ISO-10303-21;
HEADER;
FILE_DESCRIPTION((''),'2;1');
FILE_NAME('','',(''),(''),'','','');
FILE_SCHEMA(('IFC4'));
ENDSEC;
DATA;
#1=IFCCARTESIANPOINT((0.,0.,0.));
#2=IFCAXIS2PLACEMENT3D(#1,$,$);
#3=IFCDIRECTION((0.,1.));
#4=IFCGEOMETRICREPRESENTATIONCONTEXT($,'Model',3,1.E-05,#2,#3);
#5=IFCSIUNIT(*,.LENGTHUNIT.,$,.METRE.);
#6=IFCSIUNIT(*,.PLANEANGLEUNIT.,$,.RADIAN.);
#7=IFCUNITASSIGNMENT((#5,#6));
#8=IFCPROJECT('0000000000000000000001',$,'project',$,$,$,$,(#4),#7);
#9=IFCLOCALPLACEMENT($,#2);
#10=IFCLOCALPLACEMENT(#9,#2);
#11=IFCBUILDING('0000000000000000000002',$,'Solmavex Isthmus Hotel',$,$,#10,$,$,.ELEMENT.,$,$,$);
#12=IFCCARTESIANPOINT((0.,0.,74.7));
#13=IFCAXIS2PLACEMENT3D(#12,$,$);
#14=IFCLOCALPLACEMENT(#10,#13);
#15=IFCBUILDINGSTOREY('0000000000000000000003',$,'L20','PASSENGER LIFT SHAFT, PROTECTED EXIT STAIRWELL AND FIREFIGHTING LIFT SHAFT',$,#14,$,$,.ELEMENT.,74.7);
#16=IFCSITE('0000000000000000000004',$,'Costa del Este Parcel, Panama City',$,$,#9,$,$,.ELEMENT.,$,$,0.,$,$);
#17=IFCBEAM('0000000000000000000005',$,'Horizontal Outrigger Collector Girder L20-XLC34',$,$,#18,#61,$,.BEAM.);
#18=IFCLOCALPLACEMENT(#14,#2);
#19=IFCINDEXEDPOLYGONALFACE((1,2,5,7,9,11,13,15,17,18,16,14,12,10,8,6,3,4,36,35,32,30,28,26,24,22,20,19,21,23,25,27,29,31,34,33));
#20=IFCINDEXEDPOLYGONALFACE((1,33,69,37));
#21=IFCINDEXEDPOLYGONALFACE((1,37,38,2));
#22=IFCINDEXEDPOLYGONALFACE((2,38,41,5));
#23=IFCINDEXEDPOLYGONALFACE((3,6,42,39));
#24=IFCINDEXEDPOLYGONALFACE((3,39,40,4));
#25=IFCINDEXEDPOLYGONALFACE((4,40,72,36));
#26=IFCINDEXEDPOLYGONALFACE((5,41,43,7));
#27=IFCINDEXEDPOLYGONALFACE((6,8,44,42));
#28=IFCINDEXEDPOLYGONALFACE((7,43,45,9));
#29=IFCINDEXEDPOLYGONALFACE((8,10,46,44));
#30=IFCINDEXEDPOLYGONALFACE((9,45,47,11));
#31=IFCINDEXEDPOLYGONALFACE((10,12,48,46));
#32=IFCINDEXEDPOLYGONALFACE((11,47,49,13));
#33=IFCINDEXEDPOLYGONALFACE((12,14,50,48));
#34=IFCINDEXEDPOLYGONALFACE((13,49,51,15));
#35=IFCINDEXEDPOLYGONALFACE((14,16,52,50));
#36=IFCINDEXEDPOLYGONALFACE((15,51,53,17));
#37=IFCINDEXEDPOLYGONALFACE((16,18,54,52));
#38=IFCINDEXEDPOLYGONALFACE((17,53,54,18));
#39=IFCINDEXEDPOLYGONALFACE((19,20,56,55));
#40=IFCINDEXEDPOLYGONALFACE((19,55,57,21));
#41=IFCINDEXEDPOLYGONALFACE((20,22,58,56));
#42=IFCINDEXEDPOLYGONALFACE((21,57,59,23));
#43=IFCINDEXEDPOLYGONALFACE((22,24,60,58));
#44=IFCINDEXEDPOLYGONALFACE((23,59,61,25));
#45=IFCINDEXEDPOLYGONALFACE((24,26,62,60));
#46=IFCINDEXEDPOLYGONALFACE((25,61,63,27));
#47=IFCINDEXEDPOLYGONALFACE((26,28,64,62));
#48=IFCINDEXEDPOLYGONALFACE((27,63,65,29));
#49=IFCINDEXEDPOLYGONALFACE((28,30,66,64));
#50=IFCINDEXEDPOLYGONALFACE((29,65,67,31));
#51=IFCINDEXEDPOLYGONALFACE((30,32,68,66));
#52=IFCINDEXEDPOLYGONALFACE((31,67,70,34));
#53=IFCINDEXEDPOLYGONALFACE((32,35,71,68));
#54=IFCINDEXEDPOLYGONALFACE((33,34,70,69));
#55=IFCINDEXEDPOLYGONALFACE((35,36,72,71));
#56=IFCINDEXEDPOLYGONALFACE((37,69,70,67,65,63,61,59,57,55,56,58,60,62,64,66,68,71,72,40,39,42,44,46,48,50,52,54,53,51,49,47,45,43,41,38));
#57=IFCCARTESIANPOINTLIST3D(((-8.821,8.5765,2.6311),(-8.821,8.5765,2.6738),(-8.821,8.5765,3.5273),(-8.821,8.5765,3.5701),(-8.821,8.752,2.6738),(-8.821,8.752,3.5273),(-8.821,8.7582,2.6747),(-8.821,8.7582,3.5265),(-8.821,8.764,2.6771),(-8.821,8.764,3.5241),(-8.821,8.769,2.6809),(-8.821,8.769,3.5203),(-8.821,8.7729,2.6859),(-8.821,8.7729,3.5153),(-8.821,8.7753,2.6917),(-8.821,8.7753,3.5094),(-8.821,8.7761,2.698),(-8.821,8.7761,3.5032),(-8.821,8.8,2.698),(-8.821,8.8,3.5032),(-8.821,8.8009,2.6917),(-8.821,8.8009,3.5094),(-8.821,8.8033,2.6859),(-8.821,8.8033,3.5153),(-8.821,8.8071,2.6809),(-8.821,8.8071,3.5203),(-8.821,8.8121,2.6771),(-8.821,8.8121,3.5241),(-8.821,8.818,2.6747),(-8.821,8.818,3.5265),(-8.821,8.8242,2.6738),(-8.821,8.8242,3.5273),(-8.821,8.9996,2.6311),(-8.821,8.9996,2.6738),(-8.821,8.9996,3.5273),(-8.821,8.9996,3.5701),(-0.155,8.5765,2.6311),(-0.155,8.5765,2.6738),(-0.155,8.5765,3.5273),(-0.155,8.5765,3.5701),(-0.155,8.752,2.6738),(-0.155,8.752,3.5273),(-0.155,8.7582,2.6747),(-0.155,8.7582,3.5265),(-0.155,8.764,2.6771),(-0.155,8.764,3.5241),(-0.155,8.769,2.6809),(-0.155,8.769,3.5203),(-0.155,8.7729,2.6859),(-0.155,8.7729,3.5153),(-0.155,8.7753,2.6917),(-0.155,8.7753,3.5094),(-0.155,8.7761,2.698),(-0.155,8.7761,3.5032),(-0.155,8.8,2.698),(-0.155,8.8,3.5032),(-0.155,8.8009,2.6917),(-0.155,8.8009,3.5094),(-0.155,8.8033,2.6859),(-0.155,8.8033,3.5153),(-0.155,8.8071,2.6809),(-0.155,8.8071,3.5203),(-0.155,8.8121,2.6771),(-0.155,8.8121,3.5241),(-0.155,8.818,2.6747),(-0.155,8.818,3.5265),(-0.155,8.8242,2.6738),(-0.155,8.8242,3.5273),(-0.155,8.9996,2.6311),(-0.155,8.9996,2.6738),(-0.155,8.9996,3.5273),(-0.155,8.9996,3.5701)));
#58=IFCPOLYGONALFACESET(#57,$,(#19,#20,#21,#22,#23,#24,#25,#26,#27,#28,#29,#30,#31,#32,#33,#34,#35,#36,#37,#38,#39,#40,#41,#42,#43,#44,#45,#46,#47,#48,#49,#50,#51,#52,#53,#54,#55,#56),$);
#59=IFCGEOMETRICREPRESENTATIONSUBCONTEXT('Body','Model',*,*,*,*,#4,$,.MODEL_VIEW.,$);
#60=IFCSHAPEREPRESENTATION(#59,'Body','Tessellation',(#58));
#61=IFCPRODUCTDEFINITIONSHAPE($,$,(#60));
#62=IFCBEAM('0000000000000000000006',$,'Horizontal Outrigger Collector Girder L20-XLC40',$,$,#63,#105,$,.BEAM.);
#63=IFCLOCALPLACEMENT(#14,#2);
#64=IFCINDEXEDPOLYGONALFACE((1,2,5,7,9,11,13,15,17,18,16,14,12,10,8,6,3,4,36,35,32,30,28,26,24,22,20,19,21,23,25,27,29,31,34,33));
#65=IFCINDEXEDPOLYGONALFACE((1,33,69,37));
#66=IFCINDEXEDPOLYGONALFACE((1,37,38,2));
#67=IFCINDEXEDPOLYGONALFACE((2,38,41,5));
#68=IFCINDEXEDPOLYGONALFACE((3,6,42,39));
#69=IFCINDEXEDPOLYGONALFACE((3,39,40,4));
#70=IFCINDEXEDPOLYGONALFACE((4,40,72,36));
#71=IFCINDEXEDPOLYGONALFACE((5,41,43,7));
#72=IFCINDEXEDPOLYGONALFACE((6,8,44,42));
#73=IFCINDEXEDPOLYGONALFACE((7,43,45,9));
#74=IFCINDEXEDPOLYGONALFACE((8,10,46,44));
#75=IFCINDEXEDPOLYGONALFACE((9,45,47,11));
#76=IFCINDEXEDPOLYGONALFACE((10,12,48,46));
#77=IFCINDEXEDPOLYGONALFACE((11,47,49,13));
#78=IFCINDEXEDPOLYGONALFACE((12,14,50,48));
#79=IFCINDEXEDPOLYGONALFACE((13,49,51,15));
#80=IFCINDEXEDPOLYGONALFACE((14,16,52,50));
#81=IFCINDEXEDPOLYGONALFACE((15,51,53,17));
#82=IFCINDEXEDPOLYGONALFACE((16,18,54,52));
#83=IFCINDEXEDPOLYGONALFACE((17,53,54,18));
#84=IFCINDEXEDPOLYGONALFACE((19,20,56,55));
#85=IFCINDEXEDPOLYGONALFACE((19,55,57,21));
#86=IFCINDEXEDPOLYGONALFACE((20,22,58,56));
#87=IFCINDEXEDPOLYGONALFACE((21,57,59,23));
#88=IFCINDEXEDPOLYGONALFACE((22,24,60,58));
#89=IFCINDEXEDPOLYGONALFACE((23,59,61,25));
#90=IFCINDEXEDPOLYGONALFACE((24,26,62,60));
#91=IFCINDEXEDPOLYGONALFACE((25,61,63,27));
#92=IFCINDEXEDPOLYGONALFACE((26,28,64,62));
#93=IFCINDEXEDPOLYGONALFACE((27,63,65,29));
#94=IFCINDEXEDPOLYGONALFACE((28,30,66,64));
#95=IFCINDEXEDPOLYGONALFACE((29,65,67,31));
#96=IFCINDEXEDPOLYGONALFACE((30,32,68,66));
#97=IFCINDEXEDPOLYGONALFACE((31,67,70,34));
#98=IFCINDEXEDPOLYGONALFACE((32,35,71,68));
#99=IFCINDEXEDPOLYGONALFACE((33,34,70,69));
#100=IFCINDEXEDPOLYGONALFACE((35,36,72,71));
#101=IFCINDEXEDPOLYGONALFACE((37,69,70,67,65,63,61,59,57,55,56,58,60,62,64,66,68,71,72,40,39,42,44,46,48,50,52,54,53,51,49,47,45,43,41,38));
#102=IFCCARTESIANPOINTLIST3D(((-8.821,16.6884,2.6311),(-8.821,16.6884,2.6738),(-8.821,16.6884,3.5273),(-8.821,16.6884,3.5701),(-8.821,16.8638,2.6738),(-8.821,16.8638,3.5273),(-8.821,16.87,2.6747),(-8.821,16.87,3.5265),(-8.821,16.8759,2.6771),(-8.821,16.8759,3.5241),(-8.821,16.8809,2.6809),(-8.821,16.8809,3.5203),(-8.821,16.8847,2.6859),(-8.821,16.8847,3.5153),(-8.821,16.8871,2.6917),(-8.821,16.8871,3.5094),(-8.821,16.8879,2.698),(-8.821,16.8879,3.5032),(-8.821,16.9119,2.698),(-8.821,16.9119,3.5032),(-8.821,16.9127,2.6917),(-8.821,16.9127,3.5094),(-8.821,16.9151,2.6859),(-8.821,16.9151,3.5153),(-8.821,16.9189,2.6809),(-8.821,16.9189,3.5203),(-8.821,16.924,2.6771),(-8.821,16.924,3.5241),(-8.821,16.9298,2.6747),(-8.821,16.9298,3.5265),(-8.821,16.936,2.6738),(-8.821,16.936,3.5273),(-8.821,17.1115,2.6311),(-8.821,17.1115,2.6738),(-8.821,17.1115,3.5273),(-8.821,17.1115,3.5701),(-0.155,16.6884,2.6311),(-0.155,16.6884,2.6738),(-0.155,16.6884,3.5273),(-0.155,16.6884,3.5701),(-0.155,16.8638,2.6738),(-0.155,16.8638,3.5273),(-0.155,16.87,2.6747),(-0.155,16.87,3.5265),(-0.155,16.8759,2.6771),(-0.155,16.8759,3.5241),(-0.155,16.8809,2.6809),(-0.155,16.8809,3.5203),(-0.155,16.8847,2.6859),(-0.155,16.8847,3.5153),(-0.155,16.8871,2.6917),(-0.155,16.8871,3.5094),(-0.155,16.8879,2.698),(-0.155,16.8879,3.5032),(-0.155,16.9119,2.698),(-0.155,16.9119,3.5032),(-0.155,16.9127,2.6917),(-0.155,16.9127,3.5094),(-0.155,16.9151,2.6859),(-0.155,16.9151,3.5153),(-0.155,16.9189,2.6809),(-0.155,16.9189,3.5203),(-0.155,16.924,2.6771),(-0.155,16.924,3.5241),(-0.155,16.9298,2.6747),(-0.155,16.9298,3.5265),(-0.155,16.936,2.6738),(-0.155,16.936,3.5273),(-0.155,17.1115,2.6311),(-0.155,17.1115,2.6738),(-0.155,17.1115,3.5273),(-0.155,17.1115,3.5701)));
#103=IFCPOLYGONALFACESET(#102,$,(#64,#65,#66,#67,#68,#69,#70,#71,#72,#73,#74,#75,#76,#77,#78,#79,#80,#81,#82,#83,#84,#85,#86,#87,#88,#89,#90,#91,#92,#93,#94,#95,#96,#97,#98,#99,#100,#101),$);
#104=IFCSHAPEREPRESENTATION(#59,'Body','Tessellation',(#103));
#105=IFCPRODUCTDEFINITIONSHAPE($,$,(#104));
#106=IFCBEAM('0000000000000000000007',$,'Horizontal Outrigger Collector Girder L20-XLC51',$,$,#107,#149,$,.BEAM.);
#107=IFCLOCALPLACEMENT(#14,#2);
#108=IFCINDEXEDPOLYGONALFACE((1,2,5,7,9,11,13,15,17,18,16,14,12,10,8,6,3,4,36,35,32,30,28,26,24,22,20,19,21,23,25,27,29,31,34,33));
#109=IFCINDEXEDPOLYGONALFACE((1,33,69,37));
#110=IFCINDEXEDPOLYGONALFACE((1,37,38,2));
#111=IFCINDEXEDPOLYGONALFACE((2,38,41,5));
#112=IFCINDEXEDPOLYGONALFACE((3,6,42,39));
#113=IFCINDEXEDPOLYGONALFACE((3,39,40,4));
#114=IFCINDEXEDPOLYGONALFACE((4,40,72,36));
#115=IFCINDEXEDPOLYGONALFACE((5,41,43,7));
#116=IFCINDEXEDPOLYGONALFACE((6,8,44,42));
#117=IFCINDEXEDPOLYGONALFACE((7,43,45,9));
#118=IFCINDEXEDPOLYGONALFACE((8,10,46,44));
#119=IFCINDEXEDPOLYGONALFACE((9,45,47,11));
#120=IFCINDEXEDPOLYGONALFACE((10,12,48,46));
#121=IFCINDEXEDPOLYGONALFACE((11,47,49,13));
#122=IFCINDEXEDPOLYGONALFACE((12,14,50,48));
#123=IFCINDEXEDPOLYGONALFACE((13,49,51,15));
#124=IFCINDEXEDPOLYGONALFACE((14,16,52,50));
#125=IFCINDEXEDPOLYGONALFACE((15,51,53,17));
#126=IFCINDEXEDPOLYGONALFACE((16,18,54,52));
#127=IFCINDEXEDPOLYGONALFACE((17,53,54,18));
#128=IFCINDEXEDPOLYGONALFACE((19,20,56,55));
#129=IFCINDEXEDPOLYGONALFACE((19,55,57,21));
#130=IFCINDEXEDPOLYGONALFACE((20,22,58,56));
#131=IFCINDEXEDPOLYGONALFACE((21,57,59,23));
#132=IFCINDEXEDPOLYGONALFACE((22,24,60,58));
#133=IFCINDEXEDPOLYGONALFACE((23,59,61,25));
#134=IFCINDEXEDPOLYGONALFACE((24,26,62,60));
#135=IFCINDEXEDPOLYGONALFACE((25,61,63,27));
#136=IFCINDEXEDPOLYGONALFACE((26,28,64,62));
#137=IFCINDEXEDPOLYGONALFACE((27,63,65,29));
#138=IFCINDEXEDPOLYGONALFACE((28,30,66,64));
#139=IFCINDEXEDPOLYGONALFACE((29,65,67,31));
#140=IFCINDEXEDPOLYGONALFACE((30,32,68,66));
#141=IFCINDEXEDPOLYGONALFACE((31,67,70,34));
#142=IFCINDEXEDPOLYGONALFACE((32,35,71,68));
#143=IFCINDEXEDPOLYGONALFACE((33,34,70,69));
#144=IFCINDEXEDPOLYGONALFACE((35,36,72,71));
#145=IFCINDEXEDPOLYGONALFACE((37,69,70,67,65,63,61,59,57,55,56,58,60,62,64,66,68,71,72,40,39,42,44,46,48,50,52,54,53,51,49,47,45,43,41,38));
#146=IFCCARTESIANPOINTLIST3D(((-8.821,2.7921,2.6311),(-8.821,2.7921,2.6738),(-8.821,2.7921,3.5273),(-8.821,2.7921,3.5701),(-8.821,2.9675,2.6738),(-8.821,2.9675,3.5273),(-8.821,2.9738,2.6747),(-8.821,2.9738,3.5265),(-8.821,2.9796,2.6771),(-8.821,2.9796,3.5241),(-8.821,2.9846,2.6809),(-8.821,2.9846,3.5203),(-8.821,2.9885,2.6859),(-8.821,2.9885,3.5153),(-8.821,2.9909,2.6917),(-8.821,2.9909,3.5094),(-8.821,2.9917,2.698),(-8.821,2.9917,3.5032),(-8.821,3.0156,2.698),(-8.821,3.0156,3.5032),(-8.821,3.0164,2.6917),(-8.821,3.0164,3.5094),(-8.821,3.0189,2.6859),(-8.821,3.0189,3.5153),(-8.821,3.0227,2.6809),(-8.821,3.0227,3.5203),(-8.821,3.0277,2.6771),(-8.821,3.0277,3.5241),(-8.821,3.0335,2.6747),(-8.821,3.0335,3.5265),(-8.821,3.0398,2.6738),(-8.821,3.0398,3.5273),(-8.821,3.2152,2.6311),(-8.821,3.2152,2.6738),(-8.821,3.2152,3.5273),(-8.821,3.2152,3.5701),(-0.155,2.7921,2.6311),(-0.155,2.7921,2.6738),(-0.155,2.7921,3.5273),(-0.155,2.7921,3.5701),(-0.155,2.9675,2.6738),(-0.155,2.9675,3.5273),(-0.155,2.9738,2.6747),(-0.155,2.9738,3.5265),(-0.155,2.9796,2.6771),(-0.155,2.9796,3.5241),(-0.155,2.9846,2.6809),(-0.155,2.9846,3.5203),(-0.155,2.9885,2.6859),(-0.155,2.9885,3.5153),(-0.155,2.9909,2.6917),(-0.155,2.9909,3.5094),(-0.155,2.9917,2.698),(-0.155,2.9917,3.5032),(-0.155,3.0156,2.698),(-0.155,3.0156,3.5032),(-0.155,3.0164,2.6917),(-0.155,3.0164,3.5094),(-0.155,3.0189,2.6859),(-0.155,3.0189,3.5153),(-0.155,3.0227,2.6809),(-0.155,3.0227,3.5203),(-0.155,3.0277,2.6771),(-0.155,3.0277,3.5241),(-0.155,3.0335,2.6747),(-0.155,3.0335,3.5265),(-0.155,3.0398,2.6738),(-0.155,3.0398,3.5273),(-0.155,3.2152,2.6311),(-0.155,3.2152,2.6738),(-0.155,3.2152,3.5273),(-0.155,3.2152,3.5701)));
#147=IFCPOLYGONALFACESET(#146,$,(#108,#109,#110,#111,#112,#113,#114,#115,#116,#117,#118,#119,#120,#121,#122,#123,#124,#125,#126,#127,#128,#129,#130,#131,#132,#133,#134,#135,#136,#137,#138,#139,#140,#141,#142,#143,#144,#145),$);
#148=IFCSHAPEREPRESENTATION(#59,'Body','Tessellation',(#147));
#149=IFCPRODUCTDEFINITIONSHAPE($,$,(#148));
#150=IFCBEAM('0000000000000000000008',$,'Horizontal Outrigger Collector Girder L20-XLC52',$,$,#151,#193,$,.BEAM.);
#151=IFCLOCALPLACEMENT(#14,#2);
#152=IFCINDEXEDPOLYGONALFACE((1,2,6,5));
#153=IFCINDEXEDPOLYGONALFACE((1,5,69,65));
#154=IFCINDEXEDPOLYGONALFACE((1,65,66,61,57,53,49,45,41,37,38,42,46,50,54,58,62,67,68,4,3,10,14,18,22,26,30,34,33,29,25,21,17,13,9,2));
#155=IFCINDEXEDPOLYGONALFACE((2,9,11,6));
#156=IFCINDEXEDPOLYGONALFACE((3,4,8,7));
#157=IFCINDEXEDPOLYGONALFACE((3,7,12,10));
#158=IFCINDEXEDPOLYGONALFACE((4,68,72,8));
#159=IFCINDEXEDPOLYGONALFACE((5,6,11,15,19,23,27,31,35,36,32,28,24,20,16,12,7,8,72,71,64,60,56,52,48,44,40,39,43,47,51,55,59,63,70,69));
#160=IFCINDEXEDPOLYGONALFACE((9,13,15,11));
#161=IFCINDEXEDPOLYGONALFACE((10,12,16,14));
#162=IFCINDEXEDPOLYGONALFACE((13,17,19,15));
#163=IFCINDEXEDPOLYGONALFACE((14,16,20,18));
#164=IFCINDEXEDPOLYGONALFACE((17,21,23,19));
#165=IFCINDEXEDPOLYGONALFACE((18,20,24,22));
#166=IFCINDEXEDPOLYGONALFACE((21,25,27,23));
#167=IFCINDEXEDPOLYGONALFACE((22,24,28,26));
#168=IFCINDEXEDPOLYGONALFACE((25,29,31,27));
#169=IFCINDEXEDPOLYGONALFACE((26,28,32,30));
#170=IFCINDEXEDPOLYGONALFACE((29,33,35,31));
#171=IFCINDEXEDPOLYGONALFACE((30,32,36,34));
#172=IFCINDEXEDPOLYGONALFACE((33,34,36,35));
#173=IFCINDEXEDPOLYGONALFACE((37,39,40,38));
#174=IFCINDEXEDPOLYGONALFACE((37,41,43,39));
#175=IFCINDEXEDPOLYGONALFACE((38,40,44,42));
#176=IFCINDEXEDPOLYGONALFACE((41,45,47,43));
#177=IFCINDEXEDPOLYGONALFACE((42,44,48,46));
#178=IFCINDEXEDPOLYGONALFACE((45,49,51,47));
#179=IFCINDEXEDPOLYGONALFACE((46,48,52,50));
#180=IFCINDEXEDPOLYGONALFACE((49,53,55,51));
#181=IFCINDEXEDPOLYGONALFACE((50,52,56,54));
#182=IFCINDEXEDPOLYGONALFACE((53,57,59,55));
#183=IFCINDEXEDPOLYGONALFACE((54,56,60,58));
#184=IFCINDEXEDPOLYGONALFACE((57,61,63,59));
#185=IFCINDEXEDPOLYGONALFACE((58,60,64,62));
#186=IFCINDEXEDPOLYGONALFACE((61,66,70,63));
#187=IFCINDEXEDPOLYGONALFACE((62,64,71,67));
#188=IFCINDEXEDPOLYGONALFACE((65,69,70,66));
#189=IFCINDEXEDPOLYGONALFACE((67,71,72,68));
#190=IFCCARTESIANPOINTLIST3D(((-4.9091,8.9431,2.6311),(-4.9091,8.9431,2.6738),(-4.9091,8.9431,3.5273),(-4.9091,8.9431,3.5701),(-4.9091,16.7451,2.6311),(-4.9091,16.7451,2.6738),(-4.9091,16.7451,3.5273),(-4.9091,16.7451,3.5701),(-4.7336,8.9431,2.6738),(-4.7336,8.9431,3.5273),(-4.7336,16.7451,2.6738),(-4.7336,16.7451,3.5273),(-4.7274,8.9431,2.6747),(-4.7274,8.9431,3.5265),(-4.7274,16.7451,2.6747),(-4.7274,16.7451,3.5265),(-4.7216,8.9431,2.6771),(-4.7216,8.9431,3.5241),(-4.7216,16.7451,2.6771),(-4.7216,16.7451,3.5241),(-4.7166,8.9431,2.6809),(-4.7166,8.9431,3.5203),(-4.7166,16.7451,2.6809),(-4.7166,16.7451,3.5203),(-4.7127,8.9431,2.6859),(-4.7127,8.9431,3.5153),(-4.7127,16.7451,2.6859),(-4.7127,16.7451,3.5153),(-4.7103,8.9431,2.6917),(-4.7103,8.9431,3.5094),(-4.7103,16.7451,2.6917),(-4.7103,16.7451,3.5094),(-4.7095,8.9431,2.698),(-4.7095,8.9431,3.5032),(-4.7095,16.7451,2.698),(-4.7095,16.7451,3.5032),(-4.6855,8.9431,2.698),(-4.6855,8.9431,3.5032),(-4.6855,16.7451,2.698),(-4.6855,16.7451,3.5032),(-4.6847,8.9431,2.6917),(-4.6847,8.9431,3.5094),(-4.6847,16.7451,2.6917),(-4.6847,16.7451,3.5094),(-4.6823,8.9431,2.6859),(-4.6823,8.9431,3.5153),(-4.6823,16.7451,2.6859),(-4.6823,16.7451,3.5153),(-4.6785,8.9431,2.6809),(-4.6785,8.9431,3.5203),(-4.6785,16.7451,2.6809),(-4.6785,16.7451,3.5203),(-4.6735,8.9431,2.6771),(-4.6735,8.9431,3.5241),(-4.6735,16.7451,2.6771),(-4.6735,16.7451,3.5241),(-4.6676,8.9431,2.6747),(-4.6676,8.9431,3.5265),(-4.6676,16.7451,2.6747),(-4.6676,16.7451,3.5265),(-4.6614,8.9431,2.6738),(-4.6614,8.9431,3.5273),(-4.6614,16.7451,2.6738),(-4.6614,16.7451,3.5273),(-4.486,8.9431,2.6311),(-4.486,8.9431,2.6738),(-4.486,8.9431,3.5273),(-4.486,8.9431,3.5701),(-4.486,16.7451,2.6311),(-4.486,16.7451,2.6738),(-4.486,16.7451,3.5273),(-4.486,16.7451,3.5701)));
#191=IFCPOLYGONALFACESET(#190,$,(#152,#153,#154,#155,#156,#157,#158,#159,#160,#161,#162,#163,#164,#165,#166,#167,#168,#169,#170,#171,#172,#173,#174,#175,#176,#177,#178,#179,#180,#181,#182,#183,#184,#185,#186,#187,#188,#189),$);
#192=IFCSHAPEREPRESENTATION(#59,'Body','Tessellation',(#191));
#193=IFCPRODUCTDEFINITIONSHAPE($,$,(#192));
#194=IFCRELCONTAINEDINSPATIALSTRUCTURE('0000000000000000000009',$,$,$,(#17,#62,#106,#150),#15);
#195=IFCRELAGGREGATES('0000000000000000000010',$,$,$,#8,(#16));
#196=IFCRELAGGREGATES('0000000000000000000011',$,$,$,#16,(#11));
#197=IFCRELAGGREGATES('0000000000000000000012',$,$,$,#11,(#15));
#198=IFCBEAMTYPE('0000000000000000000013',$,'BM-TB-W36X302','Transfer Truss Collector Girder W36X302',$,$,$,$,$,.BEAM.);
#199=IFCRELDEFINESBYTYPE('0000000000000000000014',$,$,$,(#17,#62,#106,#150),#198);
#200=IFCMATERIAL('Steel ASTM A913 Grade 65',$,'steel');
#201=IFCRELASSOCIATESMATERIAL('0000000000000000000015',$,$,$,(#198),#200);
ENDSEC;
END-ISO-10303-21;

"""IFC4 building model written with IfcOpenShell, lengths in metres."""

from ifc_helpers import new_model, si_unit, direction, frame, origin, origin_2d, place, context, subcontext, project, spatial, i_section, extrude, material, material_profile, profile_set, type_object, element, save


model = new_model("IFC4")

# Units and contexts
model_context = context("Model", 3, precision=1e-05, world=origin(), true_north=direction((0.0, 1.0)))
body_context = subcontext(model_context, "Body", "Model", "MODEL_VIEW")
ifc_project = project(units=[si_unit("LENGTHUNIT", "METRE"), si_unit("PLANEANGLEUNIT", "RADIAN")], contexts=[model_context])

# Site, building, storey
site_placement = place(None, origin())
site = spatial("IfcSite", under=ifc_project, at=site_placement, Name="Costa del Este Parcel, Panama City", CompositionType="ELEMENT", RefElevation=0.0)
building_placement = place(site_placement, origin())
building = spatial("IfcBuilding", under=site, at=building_placement, Name="Solmavex Isthmus Hotel", CompositionType="ELEMENT")
storey_placement = place(building_placement, frame((0.0, 0.0, 74.7)))
storey = spatial("IfcBuildingStorey", under=building, at=storey_placement, Name="L20", Description="PASSENGER LIFT SHAFT, PROTECTED EXIT STAIRWELL AND FIREFIGHTING LIFT SHAFT", CompositionType="ELEMENT", Elevation=74.7)

# Shared definitions
ifc_material_1 = material(Name="Steel ASTM A913 Grade 65", Category="steel")

# Beams
ifc_material_profile_1 = material_profile(ifc_material_1, i_section(OverallWidth=0.4231, OverallDepth=0.939, WebThickness=0.0239, FlangeThickness=0.0427, FilletRadius=0.0242, at=origin_2d()), Name="W36X302")
ifc_profile_set_1 = profile_set([ifc_material_profile_1], Name="Steel ASTM A913 Grade 65")
beam_type_1 = type_object("IfcBeamType", Name="BM-TB-W36X302", Description="Transfer Truss Collector Girder W36X302", PredefinedType="BEAM", material=ifc_profile_set_1)
for number, where, z_axis, x_axis, name in (
    (1, (-8.821, 8.7881, 3.1006), (1.0, 0.0, 0.0), (0.0, 1.0, 0.0), "Horizontal Outrigger Collector Girder L20-XLC34"),
    (2, (-8.821, 16.8999, 3.1006), (1.0, 0.0, 0.0), (0.0, 1.0, 0.0), "Horizontal Outrigger Collector Girder L20-XLC40"),
    (3, (-8.821, 3.0037, 3.1006), (1.0, 0.0, 0.0), (0.0, 1.0, 0.0), "Horizontal Outrigger Collector Girder L20-XLC51"),
):
    element("IfcBeam", number, at=place(storey_placement, frame(where, z_axis=z_axis, x_axis=x_axis)), inside=storey, type_object=beam_type_1, Name=name, PredefinedType="BEAM", context=body_context, shape_type="SweptSolid", body=[
        extrude(i_section(OverallWidth=0.4231, OverallDepth=0.939, WebThickness=0.0239, FlangeThickness=0.0427, FilletRadius=0.0242, at=origin_2d()), origin(), (0.0, 0.0, 1.0), 8.666),
    ])
beam_1_placement = place(storey_placement, frame((-4.6975, 8.9431, 3.1006), z_axis=(0.0, 1.0, 0.0), x_axis=(-1.0, 0.0, 0.0)))
element("IfcBeam", 4, at=beam_1_placement, inside=storey, type_object=beam_type_1, Name="Horizontal Outrigger Collector Girder L20-XLC52", PredefinedType="BEAM", context=body_context, shape_type="SweptSolid", body=[
    extrude(i_section(OverallWidth=0.4231, OverallDepth=0.939, WebThickness=0.0239, FlangeThickness=0.0427, FilletRadius=0.0242, at=origin_2d()), origin(), (0.0, 0.0, 1.0), 7.802),
])

save(model, "model.ifc")
